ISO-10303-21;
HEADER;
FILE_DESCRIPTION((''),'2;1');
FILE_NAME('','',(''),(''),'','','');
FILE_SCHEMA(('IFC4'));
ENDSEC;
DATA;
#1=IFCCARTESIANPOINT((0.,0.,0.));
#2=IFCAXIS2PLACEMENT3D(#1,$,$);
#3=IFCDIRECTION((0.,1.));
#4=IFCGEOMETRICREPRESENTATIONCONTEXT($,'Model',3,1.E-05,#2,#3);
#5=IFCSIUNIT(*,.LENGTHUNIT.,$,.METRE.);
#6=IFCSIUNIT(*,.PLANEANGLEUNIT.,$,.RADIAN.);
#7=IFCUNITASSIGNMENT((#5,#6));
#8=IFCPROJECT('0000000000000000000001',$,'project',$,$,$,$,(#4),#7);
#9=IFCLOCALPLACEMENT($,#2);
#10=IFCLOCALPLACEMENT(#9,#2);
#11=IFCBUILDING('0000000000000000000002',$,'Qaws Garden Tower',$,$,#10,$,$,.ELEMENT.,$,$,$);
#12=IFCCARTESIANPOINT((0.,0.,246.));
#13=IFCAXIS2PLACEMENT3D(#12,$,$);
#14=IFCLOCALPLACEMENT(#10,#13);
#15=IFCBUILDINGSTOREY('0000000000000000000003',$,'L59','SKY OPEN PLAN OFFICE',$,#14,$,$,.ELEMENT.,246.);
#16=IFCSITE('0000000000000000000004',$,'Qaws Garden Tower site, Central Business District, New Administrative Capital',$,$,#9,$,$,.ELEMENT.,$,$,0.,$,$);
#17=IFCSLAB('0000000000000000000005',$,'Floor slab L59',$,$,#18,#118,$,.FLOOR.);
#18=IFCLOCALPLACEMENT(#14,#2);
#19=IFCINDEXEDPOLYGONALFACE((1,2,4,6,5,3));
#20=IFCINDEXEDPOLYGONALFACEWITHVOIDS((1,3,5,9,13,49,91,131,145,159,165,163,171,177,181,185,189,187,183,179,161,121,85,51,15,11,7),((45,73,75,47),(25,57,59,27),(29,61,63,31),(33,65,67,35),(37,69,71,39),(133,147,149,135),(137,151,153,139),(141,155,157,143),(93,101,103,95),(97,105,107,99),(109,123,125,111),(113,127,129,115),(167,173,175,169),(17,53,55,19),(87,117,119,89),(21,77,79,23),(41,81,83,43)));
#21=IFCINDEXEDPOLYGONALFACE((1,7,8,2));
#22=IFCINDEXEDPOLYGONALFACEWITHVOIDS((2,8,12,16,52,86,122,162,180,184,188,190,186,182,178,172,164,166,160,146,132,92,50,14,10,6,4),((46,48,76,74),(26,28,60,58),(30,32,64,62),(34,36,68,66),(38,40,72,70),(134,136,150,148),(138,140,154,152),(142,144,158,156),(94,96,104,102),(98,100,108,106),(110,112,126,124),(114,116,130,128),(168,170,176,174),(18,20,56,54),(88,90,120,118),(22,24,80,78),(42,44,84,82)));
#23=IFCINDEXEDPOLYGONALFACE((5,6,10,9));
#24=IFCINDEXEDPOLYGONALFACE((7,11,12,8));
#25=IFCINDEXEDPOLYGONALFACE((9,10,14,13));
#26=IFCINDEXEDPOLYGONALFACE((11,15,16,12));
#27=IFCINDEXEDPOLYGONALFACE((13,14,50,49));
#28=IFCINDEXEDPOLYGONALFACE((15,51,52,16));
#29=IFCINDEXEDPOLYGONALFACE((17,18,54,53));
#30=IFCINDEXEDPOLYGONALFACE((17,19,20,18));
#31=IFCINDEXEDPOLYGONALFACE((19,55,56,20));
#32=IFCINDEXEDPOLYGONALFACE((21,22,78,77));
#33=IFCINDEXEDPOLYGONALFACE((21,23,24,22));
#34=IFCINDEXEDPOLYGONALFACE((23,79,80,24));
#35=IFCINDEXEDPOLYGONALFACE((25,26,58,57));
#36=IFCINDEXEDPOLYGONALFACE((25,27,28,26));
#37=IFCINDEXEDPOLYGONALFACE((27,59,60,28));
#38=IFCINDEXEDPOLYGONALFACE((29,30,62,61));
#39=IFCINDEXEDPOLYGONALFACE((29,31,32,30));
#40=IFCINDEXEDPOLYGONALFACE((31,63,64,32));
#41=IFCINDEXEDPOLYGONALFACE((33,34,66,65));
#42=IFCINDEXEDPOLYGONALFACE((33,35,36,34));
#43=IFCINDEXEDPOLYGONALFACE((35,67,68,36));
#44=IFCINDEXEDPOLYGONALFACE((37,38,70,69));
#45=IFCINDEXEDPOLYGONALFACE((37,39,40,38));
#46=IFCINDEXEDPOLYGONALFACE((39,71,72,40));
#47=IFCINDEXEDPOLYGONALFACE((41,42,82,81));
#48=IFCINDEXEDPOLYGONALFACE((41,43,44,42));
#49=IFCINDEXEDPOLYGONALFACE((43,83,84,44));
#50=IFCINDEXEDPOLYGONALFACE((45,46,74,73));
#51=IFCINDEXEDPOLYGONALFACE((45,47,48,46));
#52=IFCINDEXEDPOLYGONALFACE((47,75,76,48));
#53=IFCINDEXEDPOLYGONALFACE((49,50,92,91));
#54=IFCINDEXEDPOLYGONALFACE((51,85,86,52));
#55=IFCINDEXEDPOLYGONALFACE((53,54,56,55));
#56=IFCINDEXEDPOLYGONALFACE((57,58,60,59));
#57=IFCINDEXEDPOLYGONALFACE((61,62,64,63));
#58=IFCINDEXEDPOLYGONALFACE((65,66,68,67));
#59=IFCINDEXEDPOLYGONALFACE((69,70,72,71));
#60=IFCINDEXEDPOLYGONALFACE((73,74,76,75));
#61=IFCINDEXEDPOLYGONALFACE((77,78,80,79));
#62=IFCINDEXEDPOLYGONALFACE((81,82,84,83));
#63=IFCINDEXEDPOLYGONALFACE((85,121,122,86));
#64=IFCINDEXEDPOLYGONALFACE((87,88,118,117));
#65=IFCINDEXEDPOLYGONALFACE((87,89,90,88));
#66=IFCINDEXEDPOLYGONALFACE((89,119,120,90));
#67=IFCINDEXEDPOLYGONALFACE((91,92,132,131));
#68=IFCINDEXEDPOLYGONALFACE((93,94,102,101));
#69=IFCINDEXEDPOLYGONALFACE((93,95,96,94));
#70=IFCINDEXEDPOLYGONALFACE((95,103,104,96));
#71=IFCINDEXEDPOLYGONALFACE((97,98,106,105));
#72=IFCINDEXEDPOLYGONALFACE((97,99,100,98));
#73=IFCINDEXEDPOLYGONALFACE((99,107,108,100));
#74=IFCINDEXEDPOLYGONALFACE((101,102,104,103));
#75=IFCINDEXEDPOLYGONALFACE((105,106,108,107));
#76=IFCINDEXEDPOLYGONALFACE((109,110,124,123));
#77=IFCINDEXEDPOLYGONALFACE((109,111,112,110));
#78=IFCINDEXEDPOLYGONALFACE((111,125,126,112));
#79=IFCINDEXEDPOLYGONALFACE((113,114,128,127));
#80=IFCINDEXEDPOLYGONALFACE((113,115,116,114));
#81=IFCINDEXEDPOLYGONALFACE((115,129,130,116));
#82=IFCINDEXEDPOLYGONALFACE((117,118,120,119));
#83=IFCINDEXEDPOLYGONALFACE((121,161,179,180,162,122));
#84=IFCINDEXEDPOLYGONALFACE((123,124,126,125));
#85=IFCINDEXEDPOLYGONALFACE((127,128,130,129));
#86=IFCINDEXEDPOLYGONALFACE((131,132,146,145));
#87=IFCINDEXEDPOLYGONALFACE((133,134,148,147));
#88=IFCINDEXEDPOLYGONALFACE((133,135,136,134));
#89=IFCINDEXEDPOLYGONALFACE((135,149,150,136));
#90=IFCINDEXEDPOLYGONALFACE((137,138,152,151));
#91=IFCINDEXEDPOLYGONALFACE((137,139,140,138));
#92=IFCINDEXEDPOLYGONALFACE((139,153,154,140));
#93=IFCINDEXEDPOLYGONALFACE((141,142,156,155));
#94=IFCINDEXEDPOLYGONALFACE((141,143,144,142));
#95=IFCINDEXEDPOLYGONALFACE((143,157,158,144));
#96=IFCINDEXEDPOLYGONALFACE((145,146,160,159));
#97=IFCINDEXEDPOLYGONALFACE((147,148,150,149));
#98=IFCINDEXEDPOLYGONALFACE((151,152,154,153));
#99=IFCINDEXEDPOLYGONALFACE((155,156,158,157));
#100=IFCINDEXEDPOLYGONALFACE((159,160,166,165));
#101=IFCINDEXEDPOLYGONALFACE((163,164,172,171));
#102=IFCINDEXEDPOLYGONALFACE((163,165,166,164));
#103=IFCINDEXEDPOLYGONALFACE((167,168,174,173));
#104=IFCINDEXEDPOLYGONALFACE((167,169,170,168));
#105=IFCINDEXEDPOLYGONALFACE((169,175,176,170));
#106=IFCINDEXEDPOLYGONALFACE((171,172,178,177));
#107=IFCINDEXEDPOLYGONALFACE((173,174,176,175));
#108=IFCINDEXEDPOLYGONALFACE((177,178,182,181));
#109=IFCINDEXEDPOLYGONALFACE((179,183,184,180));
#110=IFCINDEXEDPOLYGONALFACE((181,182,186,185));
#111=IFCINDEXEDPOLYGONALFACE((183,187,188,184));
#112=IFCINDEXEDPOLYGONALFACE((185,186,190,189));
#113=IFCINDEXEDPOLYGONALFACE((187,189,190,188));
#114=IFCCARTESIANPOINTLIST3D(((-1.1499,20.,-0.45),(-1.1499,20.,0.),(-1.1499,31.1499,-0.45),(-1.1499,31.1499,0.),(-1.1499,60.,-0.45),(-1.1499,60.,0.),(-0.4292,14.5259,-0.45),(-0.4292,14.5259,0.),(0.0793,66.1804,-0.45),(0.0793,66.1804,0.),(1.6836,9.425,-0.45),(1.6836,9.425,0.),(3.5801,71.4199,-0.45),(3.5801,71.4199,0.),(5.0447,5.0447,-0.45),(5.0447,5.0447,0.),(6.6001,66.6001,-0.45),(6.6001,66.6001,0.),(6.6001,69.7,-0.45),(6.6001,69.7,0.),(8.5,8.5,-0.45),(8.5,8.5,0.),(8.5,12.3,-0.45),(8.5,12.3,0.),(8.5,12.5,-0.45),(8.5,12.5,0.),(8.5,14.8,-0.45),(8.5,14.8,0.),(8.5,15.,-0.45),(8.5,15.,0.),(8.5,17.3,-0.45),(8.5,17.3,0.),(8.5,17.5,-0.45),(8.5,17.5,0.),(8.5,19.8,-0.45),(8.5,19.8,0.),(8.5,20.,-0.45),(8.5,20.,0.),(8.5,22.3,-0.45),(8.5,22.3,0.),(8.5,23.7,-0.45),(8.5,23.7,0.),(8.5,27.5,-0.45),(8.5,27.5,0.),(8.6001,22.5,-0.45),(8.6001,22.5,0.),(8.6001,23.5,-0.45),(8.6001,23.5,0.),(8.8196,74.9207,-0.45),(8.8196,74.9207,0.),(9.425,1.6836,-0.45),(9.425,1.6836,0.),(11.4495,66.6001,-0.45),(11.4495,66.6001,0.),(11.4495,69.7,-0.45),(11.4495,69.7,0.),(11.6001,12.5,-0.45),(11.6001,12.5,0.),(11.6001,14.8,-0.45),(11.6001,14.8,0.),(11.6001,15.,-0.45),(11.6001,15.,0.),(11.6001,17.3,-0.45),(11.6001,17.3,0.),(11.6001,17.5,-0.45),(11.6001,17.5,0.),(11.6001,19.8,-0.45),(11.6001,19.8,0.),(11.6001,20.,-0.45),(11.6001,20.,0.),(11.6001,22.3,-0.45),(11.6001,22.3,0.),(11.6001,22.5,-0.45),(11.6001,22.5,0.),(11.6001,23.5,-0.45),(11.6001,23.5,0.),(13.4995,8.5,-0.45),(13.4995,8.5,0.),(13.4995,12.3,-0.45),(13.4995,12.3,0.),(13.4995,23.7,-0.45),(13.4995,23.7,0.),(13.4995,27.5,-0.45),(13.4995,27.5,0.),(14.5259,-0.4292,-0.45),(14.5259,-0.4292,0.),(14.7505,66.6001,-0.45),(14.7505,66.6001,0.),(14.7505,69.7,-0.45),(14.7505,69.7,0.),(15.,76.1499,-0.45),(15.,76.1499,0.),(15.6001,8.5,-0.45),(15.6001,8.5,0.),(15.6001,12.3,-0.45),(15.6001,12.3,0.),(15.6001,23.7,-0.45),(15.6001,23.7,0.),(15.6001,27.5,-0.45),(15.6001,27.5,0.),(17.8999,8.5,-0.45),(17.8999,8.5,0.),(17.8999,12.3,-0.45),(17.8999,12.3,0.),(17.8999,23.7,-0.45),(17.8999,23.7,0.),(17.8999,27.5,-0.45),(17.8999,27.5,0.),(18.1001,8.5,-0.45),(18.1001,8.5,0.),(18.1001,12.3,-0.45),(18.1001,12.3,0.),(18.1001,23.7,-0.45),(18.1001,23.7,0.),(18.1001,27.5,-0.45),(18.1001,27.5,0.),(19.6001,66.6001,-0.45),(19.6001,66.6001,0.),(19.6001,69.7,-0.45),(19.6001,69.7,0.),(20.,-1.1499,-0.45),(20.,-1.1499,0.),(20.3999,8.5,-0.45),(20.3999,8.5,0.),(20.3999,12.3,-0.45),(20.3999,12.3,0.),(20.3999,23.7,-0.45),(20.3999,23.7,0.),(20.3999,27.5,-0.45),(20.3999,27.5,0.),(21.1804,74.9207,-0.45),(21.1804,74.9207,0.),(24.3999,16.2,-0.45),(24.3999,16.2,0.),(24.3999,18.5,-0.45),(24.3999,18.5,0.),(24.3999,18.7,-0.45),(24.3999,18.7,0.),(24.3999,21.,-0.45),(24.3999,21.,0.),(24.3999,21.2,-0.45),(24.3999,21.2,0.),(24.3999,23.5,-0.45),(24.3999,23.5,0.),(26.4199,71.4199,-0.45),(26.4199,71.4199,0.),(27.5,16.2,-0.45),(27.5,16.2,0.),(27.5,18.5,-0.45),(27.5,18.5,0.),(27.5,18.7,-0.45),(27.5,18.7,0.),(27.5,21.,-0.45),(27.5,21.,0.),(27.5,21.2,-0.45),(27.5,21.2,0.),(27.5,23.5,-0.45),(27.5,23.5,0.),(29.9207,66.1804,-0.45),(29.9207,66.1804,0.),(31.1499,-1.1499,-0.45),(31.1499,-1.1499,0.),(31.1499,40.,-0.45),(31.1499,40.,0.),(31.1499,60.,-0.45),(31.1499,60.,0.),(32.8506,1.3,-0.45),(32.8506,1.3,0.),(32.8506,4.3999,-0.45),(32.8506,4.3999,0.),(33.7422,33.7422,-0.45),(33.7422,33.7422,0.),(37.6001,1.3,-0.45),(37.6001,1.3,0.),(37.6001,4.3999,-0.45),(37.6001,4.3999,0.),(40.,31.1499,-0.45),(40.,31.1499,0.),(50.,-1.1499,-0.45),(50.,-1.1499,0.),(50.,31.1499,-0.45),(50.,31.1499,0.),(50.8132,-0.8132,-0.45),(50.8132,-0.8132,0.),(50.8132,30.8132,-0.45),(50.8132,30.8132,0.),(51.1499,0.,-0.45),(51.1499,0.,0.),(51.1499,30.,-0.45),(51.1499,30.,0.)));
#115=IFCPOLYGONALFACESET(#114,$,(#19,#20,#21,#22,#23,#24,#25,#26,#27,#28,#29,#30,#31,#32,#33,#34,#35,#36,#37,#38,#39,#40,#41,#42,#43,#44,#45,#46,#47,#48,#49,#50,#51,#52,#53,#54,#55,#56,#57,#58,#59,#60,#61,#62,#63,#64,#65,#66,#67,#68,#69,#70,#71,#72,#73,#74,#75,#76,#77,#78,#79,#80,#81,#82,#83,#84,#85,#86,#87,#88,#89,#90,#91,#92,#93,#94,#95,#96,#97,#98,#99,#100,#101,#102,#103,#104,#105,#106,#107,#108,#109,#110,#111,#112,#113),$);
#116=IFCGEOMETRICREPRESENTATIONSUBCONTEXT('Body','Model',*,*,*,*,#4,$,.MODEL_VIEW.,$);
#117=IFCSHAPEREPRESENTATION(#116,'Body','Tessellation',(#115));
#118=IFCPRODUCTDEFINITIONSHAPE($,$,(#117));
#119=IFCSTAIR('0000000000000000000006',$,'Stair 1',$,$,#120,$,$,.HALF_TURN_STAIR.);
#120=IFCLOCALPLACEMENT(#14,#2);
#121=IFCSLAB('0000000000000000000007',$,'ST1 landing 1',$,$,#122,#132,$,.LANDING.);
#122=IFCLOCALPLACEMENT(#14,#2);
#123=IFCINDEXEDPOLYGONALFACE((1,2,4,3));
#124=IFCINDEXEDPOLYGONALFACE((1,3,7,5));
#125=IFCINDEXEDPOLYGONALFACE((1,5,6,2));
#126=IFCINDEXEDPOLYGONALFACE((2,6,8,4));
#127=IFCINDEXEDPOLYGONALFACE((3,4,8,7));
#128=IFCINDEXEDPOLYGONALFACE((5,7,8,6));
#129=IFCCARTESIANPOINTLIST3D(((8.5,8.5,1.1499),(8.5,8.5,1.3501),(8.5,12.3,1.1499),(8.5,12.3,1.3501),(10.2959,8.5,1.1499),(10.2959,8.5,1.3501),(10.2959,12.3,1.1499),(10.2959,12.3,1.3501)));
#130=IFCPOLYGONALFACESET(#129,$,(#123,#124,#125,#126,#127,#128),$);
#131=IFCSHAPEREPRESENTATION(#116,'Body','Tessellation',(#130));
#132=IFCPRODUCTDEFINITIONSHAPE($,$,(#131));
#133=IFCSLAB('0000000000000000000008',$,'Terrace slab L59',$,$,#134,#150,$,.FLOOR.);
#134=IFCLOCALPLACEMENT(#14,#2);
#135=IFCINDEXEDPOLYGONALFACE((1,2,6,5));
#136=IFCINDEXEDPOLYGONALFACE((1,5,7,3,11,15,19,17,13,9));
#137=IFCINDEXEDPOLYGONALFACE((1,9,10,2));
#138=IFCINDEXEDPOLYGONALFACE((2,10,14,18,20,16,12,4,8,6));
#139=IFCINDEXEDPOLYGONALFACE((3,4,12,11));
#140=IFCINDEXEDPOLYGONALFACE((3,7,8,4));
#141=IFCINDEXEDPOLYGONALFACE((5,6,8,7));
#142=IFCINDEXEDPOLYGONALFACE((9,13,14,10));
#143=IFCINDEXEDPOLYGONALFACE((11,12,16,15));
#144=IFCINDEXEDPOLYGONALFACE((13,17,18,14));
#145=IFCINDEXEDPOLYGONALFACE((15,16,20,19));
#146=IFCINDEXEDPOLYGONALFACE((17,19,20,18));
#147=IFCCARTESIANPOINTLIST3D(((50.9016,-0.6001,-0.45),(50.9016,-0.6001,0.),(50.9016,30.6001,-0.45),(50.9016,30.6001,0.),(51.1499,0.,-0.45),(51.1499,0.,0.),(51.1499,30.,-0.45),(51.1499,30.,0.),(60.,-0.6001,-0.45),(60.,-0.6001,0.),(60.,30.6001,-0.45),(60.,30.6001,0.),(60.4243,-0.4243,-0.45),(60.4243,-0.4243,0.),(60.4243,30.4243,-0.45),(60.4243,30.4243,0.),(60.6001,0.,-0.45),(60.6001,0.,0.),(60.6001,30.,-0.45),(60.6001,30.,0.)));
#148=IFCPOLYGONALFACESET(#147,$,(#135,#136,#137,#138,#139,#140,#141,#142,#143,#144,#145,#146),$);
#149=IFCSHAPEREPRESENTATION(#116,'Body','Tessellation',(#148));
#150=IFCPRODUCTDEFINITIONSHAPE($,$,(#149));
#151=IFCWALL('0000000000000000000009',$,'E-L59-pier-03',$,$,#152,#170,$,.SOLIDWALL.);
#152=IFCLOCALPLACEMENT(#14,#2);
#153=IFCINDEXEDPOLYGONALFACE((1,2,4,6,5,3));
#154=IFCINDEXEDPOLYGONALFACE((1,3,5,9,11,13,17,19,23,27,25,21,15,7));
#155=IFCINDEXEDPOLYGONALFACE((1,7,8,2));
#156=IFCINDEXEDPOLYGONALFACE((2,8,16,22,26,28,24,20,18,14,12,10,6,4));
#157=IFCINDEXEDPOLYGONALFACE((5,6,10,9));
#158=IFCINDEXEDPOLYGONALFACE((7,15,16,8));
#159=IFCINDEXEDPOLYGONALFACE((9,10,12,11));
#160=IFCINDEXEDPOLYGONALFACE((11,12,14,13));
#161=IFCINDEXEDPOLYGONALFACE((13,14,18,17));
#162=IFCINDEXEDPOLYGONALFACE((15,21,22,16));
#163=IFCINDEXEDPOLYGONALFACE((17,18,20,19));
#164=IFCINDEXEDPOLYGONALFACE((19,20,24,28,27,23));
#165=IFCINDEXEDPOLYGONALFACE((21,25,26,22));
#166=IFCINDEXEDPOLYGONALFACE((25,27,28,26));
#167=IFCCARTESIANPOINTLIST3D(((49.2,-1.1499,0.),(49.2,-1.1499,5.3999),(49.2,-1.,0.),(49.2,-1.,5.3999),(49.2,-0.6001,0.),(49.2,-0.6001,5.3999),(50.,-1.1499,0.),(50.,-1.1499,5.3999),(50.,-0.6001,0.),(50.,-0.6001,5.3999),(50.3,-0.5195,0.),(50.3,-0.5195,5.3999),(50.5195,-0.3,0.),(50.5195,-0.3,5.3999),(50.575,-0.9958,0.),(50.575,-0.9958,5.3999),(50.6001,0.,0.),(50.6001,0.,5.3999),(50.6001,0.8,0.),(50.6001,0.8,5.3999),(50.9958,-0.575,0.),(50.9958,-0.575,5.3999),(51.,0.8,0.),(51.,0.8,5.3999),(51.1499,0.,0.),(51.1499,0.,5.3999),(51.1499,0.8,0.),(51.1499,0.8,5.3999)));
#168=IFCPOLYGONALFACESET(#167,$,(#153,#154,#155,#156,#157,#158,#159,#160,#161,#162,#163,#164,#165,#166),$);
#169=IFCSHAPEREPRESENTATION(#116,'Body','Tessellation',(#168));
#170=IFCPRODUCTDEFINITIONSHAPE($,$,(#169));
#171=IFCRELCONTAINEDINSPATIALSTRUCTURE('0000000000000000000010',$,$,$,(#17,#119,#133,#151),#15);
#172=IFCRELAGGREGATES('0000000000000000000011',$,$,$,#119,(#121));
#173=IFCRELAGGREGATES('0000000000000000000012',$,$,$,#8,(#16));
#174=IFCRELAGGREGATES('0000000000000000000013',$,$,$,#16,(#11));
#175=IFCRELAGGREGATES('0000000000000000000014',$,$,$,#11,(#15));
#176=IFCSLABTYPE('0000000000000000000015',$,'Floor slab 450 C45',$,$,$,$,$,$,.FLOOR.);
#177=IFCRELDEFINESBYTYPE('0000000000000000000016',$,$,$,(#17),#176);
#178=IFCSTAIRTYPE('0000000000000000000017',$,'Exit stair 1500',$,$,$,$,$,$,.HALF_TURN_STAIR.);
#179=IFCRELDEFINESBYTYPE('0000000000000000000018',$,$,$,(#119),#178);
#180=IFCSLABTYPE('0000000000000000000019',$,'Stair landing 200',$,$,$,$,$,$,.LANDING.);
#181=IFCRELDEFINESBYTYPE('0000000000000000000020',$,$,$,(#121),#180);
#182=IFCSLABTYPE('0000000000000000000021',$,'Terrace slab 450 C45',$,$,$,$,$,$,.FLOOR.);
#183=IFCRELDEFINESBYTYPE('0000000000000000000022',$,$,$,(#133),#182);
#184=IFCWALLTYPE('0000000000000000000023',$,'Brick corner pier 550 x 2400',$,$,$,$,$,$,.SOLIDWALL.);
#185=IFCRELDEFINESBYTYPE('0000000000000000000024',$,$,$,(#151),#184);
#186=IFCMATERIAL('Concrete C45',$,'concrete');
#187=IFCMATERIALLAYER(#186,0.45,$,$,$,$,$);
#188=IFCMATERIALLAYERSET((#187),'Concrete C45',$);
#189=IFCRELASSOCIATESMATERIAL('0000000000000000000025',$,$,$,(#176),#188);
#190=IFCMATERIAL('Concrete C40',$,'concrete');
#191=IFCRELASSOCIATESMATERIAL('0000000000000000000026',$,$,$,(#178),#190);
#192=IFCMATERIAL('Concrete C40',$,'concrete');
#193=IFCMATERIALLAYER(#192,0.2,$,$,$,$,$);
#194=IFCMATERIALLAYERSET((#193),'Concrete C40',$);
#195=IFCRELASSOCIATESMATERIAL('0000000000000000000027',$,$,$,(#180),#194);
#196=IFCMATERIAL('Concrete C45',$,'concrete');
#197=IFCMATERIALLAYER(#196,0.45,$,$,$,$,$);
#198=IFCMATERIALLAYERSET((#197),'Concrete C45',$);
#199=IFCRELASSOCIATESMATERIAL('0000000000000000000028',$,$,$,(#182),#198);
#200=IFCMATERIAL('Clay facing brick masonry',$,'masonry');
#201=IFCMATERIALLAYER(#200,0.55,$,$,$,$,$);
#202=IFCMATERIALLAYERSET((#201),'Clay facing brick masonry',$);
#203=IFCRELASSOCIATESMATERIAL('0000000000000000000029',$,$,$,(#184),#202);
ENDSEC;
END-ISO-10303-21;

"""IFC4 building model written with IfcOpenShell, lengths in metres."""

from ifc_helpers import new_model, si_unit, direction, frame, origin, place, context, subcontext, project, spatial, polyline, outline, extrude, material, layer, layer_set, type_object, element, aggregate, save


model = new_model("IFC4")

# Units and contexts
model_context = context("Model", 3, precision=1e-05, world=origin(), true_north=direction((0.0, 1.0)))
body_context = subcontext(model_context, "Body", "Model", "MODEL_VIEW")
ifc_project = project(units=[si_unit("LENGTHUNIT", "METRE"), si_unit("PLANEANGLEUNIT", "RADIAN")], contexts=[model_context])

# Site, building, storey
site_placement = place(None, origin())
site = spatial("IfcSite", under=ifc_project, at=site_placement, Name="Qaws Garden Tower site, Central Business District, New Administrative Capital", CompositionType="ELEMENT", RefElevation=0.0)
building_placement = place(site_placement, origin())
building = spatial("IfcBuilding", under=site, at=building_placement, Name="Qaws Garden Tower", CompositionType="ELEMENT")
storey_placement = place(building_placement, frame((0.0, 0.0, 246.0)))
storey = spatial("IfcBuildingStorey", under=building, at=storey_placement, Name="L59", Description="SKY OPEN PLAN OFFICE", CompositionType="ELEMENT", Elevation=246.0)

# Slab
ifc_material_1 = material(Name="Concrete C45", Category="concrete")
ifc_layer_1 = layer(ifc_material_1, 0.45)
ifc_layer_set_1 = layer_set([ifc_layer_1], Name="Concrete C45")
slab_type_1 = type_object("IfcSlabType", Name="Floor slab 450 C45", PredefinedType="FLOOR", material=ifc_layer_set_1)
placement_1 = place(storey_placement, frame((0.0, 0.0, -0.45)))
element("IfcSlab", 1, at=placement_1, inside=storey, type_object=slab_type_1, Name="Floor slab L59", PredefinedType="FLOOR", context=body_context, shape_type="SweptSolid", body=[
    extrude(outline(polyline([(-0.4292, 14.5259), (-1.1499, 20.0), (-1.1499, 20.0), (-1.1499, 31.1499), (-1.1499, 60.0), (-1.1499, 60.0), (0.0793, 66.1804), (3.5801, 71.4199), (8.8196, 74.9207), (15.0, 76.1499), (21.1804, 74.9207), (26.4199, 71.4199), (29.9207, 66.1804), (31.1499, 60.0), (31.1499, 40.0), (33.7422, 33.7422), (40.0, 31.1499), (50.0, 31.1499), (50.8132, 30.8132), (51.1499, 30.0), (51.1499, 0.0), (50.8132, -0.8132), (50.0, -1.1499), (31.1499, -1.1499), (20.0, -1.1499), (20.0, -1.1499), (14.5259, -0.4292), (9.425, 1.6836), (5.0447, 5.0447), (1.6836, 9.425), (-0.4292, 14.5259)]), holes=[polyline([(13.4995, 12.3), (8.5, 12.3), (8.5, 8.5), (13.4995, 8.5), (13.4995, 12.3)]), polyline([(17.8999, 12.3), (15.6001, 12.3), (15.6001, 8.5), (17.8999, 8.5), (17.8999, 12.3)]), polyline([(11.6001, 14.8), (8.5, 14.8), (8.5, 12.5), (11.6001, 12.5), (11.6001, 14.8)]), polyline([(11.6001, 17.3), (8.5, 17.3), (8.5, 15.0), (11.6001, 15.0), (11.6001, 17.3)]), polyline([(11.6001, 19.8), (8.5, 19.8), (8.5, 17.5), (11.6001, 17.5), (11.6001, 19.8)]), polyline([(11.6001, 22.3), (8.5, 22.3), (8.5, 20.0), (11.6001, 20.0), (11.6001, 22.3)]), polyline([(11.6001, 23.5), (8.6001, 23.5), (8.6001, 22.5), (11.6001, 22.5), (11.6001, 23.5)]), polyline([(13.4995, 27.5), (8.5, 27.5), (8.5, 23.7), (13.4995, 23.7), (13.4995, 27.5)]), polyline([(11.4495, 69.7), (6.6001, 69.7), (6.6001, 66.6001), (11.4495, 66.6001), (11.4495, 69.7)]), polyline([(37.6001, 4.3999), (32.8506, 4.3999), (32.8506, 1.3), (37.6001, 1.3), (37.6001, 4.3999)]), polyline([(20.3999, 12.3), (18.1001, 12.3), (18.1001, 8.5), (20.3999, 8.5), (20.3999, 12.3)]), polyline([(27.5, 18.5), (24.3999, 18.5), (24.3999, 16.2), (27.5, 16.2), (27.5, 18.5)]), polyline([(27.5, 21.0), (24.3999, 21.0), (24.3999, 18.7), (27.5, 18.7), (27.5, 21.0)]), polyline([(27.5, 23.5), (24.3999, 23.5), (24.3999, 21.2), (27.5, 21.2), (27.5, 23.5)]), polyline([(17.8999, 27.5), (15.6001, 27.5), (15.6001, 23.7), (17.8999, 23.7), (17.8999, 27.5)]), polyline([(20.3999, 23.7), (20.3999, 27.5), (18.1001, 27.5), (18.1001, 23.7), (20.3999, 23.7)]), polyline([(19.6001, 66.6001), (19.6001, 69.7), (14.7505, 69.7), (14.7505, 66.6001), (19.6001, 66.6001)])]), origin(), (0.0, 0.0, 1.0), 0.45),
])

# Stair, slab
ifc_material_2 = material(Name="Concrete C40", Category="concrete")
stair_type = type_object("IfcStairType", Name="Exit stair 1500", PredefinedType="HALF_TURN_STAIR", material=ifc_material_2)
placement_2 = place(storey_placement, origin())
stair = element("IfcStair", 2, at=placement_2, inside=storey, type_object=stair_type, Name="Stair 1", PredefinedType="HALF_TURN_STAIR")
ifc_material_3 = material(Name="Concrete C40", Category="concrete")
ifc_layer_2 = layer(ifc_material_3, 0.2)
ifc_layer_set_2 = layer_set([ifc_layer_2], Name="Concrete C40")
slab_type_2 = type_object("IfcSlabType", Name="Stair landing 200", PredefinedType="LANDING", material=ifc_layer_set_2)
slab_1_placement = place(storey_placement, frame((0.0, 0.0, 1.1499)))
slab_1 = element("IfcSlab", 3, at=slab_1_placement, type_object=slab_type_2, Name="ST1 landing 1", PredefinedType="LANDING", context=body_context, shape_type="SweptSolid", body=[
    extrude(outline(polyline([(8.5, 8.5), (10.2959, 8.5), (10.2959, 12.3), (8.5, 12.3), (8.5, 8.5)])), origin(), (0.0, 0.0, 1.0), 0.2002),
])
aggregate(stair, [slab_1])

# Slab
ifc_material_4 = material(Name="Concrete C45", Category="concrete")
ifc_layer_3 = layer(ifc_material_4, 0.45)
ifc_layer_set_3 = layer_set([ifc_layer_3], Name="Concrete C45")
slab_type_3 = type_object("IfcSlabType", Name="Terrace slab 450 C45", PredefinedType="FLOOR", material=ifc_layer_set_3)
element("IfcSlab", 4, at=placement_1, inside=storey, type_object=slab_type_3, Name="Terrace slab L59", PredefinedType="FLOOR", context=body_context, shape_type="SweptSolid", body=[
    extrude(outline(polyline([(60.0, 30.6001), (60.4243, 30.4243), (60.6001, 30.0), (60.6001, 0.0), (60.4243, -0.4243), (60.0, -0.6001), (50.9016, -0.6001), (51.1499, 0.0), (51.1499, 30.0), (50.9016, 30.6001), (60.0, 30.6001)])), origin(), (0.0, 0.0, 1.0), 0.45),
])

# Wall
ifc_material_5 = material(Name="Clay facing brick masonry", Category="masonry")
ifc_layer_4 = layer(ifc_material_5, 0.55)
ifc_layer_set_4 = layer_set([ifc_layer_4], Name="Clay facing brick masonry")
wall_type_1 = type_object("IfcWallType", Name="Brick corner pier 550 x 2400", PredefinedType="SOLIDWALL", material=ifc_layer_set_4)
element("IfcWall", 5, at=placement_2, inside=storey, type_object=wall_type_1, Name="E-L59-pier-03", PredefinedType="SOLIDWALL", context=body_context, shape_type="SweptSolid", body=[
    extrude(outline(polyline([(49.2, -1.0), (49.2, -1.1499), (50.0, -1.1499), (50.575, -0.9958), (50.9958, -0.575), (51.1499, 0.0), (51.1499, 0.8), (51.0, 0.8), (50.6001, 0.8), (50.6001, 0.0), (50.5195, -0.3), (50.3, -0.5195), (50.0, -0.6001), (49.2, -0.6001), (49.2, -1.0)])), origin(), (0.0, 0.0, 1.0), 5.3999),
])

save(model, "model.ifc")
